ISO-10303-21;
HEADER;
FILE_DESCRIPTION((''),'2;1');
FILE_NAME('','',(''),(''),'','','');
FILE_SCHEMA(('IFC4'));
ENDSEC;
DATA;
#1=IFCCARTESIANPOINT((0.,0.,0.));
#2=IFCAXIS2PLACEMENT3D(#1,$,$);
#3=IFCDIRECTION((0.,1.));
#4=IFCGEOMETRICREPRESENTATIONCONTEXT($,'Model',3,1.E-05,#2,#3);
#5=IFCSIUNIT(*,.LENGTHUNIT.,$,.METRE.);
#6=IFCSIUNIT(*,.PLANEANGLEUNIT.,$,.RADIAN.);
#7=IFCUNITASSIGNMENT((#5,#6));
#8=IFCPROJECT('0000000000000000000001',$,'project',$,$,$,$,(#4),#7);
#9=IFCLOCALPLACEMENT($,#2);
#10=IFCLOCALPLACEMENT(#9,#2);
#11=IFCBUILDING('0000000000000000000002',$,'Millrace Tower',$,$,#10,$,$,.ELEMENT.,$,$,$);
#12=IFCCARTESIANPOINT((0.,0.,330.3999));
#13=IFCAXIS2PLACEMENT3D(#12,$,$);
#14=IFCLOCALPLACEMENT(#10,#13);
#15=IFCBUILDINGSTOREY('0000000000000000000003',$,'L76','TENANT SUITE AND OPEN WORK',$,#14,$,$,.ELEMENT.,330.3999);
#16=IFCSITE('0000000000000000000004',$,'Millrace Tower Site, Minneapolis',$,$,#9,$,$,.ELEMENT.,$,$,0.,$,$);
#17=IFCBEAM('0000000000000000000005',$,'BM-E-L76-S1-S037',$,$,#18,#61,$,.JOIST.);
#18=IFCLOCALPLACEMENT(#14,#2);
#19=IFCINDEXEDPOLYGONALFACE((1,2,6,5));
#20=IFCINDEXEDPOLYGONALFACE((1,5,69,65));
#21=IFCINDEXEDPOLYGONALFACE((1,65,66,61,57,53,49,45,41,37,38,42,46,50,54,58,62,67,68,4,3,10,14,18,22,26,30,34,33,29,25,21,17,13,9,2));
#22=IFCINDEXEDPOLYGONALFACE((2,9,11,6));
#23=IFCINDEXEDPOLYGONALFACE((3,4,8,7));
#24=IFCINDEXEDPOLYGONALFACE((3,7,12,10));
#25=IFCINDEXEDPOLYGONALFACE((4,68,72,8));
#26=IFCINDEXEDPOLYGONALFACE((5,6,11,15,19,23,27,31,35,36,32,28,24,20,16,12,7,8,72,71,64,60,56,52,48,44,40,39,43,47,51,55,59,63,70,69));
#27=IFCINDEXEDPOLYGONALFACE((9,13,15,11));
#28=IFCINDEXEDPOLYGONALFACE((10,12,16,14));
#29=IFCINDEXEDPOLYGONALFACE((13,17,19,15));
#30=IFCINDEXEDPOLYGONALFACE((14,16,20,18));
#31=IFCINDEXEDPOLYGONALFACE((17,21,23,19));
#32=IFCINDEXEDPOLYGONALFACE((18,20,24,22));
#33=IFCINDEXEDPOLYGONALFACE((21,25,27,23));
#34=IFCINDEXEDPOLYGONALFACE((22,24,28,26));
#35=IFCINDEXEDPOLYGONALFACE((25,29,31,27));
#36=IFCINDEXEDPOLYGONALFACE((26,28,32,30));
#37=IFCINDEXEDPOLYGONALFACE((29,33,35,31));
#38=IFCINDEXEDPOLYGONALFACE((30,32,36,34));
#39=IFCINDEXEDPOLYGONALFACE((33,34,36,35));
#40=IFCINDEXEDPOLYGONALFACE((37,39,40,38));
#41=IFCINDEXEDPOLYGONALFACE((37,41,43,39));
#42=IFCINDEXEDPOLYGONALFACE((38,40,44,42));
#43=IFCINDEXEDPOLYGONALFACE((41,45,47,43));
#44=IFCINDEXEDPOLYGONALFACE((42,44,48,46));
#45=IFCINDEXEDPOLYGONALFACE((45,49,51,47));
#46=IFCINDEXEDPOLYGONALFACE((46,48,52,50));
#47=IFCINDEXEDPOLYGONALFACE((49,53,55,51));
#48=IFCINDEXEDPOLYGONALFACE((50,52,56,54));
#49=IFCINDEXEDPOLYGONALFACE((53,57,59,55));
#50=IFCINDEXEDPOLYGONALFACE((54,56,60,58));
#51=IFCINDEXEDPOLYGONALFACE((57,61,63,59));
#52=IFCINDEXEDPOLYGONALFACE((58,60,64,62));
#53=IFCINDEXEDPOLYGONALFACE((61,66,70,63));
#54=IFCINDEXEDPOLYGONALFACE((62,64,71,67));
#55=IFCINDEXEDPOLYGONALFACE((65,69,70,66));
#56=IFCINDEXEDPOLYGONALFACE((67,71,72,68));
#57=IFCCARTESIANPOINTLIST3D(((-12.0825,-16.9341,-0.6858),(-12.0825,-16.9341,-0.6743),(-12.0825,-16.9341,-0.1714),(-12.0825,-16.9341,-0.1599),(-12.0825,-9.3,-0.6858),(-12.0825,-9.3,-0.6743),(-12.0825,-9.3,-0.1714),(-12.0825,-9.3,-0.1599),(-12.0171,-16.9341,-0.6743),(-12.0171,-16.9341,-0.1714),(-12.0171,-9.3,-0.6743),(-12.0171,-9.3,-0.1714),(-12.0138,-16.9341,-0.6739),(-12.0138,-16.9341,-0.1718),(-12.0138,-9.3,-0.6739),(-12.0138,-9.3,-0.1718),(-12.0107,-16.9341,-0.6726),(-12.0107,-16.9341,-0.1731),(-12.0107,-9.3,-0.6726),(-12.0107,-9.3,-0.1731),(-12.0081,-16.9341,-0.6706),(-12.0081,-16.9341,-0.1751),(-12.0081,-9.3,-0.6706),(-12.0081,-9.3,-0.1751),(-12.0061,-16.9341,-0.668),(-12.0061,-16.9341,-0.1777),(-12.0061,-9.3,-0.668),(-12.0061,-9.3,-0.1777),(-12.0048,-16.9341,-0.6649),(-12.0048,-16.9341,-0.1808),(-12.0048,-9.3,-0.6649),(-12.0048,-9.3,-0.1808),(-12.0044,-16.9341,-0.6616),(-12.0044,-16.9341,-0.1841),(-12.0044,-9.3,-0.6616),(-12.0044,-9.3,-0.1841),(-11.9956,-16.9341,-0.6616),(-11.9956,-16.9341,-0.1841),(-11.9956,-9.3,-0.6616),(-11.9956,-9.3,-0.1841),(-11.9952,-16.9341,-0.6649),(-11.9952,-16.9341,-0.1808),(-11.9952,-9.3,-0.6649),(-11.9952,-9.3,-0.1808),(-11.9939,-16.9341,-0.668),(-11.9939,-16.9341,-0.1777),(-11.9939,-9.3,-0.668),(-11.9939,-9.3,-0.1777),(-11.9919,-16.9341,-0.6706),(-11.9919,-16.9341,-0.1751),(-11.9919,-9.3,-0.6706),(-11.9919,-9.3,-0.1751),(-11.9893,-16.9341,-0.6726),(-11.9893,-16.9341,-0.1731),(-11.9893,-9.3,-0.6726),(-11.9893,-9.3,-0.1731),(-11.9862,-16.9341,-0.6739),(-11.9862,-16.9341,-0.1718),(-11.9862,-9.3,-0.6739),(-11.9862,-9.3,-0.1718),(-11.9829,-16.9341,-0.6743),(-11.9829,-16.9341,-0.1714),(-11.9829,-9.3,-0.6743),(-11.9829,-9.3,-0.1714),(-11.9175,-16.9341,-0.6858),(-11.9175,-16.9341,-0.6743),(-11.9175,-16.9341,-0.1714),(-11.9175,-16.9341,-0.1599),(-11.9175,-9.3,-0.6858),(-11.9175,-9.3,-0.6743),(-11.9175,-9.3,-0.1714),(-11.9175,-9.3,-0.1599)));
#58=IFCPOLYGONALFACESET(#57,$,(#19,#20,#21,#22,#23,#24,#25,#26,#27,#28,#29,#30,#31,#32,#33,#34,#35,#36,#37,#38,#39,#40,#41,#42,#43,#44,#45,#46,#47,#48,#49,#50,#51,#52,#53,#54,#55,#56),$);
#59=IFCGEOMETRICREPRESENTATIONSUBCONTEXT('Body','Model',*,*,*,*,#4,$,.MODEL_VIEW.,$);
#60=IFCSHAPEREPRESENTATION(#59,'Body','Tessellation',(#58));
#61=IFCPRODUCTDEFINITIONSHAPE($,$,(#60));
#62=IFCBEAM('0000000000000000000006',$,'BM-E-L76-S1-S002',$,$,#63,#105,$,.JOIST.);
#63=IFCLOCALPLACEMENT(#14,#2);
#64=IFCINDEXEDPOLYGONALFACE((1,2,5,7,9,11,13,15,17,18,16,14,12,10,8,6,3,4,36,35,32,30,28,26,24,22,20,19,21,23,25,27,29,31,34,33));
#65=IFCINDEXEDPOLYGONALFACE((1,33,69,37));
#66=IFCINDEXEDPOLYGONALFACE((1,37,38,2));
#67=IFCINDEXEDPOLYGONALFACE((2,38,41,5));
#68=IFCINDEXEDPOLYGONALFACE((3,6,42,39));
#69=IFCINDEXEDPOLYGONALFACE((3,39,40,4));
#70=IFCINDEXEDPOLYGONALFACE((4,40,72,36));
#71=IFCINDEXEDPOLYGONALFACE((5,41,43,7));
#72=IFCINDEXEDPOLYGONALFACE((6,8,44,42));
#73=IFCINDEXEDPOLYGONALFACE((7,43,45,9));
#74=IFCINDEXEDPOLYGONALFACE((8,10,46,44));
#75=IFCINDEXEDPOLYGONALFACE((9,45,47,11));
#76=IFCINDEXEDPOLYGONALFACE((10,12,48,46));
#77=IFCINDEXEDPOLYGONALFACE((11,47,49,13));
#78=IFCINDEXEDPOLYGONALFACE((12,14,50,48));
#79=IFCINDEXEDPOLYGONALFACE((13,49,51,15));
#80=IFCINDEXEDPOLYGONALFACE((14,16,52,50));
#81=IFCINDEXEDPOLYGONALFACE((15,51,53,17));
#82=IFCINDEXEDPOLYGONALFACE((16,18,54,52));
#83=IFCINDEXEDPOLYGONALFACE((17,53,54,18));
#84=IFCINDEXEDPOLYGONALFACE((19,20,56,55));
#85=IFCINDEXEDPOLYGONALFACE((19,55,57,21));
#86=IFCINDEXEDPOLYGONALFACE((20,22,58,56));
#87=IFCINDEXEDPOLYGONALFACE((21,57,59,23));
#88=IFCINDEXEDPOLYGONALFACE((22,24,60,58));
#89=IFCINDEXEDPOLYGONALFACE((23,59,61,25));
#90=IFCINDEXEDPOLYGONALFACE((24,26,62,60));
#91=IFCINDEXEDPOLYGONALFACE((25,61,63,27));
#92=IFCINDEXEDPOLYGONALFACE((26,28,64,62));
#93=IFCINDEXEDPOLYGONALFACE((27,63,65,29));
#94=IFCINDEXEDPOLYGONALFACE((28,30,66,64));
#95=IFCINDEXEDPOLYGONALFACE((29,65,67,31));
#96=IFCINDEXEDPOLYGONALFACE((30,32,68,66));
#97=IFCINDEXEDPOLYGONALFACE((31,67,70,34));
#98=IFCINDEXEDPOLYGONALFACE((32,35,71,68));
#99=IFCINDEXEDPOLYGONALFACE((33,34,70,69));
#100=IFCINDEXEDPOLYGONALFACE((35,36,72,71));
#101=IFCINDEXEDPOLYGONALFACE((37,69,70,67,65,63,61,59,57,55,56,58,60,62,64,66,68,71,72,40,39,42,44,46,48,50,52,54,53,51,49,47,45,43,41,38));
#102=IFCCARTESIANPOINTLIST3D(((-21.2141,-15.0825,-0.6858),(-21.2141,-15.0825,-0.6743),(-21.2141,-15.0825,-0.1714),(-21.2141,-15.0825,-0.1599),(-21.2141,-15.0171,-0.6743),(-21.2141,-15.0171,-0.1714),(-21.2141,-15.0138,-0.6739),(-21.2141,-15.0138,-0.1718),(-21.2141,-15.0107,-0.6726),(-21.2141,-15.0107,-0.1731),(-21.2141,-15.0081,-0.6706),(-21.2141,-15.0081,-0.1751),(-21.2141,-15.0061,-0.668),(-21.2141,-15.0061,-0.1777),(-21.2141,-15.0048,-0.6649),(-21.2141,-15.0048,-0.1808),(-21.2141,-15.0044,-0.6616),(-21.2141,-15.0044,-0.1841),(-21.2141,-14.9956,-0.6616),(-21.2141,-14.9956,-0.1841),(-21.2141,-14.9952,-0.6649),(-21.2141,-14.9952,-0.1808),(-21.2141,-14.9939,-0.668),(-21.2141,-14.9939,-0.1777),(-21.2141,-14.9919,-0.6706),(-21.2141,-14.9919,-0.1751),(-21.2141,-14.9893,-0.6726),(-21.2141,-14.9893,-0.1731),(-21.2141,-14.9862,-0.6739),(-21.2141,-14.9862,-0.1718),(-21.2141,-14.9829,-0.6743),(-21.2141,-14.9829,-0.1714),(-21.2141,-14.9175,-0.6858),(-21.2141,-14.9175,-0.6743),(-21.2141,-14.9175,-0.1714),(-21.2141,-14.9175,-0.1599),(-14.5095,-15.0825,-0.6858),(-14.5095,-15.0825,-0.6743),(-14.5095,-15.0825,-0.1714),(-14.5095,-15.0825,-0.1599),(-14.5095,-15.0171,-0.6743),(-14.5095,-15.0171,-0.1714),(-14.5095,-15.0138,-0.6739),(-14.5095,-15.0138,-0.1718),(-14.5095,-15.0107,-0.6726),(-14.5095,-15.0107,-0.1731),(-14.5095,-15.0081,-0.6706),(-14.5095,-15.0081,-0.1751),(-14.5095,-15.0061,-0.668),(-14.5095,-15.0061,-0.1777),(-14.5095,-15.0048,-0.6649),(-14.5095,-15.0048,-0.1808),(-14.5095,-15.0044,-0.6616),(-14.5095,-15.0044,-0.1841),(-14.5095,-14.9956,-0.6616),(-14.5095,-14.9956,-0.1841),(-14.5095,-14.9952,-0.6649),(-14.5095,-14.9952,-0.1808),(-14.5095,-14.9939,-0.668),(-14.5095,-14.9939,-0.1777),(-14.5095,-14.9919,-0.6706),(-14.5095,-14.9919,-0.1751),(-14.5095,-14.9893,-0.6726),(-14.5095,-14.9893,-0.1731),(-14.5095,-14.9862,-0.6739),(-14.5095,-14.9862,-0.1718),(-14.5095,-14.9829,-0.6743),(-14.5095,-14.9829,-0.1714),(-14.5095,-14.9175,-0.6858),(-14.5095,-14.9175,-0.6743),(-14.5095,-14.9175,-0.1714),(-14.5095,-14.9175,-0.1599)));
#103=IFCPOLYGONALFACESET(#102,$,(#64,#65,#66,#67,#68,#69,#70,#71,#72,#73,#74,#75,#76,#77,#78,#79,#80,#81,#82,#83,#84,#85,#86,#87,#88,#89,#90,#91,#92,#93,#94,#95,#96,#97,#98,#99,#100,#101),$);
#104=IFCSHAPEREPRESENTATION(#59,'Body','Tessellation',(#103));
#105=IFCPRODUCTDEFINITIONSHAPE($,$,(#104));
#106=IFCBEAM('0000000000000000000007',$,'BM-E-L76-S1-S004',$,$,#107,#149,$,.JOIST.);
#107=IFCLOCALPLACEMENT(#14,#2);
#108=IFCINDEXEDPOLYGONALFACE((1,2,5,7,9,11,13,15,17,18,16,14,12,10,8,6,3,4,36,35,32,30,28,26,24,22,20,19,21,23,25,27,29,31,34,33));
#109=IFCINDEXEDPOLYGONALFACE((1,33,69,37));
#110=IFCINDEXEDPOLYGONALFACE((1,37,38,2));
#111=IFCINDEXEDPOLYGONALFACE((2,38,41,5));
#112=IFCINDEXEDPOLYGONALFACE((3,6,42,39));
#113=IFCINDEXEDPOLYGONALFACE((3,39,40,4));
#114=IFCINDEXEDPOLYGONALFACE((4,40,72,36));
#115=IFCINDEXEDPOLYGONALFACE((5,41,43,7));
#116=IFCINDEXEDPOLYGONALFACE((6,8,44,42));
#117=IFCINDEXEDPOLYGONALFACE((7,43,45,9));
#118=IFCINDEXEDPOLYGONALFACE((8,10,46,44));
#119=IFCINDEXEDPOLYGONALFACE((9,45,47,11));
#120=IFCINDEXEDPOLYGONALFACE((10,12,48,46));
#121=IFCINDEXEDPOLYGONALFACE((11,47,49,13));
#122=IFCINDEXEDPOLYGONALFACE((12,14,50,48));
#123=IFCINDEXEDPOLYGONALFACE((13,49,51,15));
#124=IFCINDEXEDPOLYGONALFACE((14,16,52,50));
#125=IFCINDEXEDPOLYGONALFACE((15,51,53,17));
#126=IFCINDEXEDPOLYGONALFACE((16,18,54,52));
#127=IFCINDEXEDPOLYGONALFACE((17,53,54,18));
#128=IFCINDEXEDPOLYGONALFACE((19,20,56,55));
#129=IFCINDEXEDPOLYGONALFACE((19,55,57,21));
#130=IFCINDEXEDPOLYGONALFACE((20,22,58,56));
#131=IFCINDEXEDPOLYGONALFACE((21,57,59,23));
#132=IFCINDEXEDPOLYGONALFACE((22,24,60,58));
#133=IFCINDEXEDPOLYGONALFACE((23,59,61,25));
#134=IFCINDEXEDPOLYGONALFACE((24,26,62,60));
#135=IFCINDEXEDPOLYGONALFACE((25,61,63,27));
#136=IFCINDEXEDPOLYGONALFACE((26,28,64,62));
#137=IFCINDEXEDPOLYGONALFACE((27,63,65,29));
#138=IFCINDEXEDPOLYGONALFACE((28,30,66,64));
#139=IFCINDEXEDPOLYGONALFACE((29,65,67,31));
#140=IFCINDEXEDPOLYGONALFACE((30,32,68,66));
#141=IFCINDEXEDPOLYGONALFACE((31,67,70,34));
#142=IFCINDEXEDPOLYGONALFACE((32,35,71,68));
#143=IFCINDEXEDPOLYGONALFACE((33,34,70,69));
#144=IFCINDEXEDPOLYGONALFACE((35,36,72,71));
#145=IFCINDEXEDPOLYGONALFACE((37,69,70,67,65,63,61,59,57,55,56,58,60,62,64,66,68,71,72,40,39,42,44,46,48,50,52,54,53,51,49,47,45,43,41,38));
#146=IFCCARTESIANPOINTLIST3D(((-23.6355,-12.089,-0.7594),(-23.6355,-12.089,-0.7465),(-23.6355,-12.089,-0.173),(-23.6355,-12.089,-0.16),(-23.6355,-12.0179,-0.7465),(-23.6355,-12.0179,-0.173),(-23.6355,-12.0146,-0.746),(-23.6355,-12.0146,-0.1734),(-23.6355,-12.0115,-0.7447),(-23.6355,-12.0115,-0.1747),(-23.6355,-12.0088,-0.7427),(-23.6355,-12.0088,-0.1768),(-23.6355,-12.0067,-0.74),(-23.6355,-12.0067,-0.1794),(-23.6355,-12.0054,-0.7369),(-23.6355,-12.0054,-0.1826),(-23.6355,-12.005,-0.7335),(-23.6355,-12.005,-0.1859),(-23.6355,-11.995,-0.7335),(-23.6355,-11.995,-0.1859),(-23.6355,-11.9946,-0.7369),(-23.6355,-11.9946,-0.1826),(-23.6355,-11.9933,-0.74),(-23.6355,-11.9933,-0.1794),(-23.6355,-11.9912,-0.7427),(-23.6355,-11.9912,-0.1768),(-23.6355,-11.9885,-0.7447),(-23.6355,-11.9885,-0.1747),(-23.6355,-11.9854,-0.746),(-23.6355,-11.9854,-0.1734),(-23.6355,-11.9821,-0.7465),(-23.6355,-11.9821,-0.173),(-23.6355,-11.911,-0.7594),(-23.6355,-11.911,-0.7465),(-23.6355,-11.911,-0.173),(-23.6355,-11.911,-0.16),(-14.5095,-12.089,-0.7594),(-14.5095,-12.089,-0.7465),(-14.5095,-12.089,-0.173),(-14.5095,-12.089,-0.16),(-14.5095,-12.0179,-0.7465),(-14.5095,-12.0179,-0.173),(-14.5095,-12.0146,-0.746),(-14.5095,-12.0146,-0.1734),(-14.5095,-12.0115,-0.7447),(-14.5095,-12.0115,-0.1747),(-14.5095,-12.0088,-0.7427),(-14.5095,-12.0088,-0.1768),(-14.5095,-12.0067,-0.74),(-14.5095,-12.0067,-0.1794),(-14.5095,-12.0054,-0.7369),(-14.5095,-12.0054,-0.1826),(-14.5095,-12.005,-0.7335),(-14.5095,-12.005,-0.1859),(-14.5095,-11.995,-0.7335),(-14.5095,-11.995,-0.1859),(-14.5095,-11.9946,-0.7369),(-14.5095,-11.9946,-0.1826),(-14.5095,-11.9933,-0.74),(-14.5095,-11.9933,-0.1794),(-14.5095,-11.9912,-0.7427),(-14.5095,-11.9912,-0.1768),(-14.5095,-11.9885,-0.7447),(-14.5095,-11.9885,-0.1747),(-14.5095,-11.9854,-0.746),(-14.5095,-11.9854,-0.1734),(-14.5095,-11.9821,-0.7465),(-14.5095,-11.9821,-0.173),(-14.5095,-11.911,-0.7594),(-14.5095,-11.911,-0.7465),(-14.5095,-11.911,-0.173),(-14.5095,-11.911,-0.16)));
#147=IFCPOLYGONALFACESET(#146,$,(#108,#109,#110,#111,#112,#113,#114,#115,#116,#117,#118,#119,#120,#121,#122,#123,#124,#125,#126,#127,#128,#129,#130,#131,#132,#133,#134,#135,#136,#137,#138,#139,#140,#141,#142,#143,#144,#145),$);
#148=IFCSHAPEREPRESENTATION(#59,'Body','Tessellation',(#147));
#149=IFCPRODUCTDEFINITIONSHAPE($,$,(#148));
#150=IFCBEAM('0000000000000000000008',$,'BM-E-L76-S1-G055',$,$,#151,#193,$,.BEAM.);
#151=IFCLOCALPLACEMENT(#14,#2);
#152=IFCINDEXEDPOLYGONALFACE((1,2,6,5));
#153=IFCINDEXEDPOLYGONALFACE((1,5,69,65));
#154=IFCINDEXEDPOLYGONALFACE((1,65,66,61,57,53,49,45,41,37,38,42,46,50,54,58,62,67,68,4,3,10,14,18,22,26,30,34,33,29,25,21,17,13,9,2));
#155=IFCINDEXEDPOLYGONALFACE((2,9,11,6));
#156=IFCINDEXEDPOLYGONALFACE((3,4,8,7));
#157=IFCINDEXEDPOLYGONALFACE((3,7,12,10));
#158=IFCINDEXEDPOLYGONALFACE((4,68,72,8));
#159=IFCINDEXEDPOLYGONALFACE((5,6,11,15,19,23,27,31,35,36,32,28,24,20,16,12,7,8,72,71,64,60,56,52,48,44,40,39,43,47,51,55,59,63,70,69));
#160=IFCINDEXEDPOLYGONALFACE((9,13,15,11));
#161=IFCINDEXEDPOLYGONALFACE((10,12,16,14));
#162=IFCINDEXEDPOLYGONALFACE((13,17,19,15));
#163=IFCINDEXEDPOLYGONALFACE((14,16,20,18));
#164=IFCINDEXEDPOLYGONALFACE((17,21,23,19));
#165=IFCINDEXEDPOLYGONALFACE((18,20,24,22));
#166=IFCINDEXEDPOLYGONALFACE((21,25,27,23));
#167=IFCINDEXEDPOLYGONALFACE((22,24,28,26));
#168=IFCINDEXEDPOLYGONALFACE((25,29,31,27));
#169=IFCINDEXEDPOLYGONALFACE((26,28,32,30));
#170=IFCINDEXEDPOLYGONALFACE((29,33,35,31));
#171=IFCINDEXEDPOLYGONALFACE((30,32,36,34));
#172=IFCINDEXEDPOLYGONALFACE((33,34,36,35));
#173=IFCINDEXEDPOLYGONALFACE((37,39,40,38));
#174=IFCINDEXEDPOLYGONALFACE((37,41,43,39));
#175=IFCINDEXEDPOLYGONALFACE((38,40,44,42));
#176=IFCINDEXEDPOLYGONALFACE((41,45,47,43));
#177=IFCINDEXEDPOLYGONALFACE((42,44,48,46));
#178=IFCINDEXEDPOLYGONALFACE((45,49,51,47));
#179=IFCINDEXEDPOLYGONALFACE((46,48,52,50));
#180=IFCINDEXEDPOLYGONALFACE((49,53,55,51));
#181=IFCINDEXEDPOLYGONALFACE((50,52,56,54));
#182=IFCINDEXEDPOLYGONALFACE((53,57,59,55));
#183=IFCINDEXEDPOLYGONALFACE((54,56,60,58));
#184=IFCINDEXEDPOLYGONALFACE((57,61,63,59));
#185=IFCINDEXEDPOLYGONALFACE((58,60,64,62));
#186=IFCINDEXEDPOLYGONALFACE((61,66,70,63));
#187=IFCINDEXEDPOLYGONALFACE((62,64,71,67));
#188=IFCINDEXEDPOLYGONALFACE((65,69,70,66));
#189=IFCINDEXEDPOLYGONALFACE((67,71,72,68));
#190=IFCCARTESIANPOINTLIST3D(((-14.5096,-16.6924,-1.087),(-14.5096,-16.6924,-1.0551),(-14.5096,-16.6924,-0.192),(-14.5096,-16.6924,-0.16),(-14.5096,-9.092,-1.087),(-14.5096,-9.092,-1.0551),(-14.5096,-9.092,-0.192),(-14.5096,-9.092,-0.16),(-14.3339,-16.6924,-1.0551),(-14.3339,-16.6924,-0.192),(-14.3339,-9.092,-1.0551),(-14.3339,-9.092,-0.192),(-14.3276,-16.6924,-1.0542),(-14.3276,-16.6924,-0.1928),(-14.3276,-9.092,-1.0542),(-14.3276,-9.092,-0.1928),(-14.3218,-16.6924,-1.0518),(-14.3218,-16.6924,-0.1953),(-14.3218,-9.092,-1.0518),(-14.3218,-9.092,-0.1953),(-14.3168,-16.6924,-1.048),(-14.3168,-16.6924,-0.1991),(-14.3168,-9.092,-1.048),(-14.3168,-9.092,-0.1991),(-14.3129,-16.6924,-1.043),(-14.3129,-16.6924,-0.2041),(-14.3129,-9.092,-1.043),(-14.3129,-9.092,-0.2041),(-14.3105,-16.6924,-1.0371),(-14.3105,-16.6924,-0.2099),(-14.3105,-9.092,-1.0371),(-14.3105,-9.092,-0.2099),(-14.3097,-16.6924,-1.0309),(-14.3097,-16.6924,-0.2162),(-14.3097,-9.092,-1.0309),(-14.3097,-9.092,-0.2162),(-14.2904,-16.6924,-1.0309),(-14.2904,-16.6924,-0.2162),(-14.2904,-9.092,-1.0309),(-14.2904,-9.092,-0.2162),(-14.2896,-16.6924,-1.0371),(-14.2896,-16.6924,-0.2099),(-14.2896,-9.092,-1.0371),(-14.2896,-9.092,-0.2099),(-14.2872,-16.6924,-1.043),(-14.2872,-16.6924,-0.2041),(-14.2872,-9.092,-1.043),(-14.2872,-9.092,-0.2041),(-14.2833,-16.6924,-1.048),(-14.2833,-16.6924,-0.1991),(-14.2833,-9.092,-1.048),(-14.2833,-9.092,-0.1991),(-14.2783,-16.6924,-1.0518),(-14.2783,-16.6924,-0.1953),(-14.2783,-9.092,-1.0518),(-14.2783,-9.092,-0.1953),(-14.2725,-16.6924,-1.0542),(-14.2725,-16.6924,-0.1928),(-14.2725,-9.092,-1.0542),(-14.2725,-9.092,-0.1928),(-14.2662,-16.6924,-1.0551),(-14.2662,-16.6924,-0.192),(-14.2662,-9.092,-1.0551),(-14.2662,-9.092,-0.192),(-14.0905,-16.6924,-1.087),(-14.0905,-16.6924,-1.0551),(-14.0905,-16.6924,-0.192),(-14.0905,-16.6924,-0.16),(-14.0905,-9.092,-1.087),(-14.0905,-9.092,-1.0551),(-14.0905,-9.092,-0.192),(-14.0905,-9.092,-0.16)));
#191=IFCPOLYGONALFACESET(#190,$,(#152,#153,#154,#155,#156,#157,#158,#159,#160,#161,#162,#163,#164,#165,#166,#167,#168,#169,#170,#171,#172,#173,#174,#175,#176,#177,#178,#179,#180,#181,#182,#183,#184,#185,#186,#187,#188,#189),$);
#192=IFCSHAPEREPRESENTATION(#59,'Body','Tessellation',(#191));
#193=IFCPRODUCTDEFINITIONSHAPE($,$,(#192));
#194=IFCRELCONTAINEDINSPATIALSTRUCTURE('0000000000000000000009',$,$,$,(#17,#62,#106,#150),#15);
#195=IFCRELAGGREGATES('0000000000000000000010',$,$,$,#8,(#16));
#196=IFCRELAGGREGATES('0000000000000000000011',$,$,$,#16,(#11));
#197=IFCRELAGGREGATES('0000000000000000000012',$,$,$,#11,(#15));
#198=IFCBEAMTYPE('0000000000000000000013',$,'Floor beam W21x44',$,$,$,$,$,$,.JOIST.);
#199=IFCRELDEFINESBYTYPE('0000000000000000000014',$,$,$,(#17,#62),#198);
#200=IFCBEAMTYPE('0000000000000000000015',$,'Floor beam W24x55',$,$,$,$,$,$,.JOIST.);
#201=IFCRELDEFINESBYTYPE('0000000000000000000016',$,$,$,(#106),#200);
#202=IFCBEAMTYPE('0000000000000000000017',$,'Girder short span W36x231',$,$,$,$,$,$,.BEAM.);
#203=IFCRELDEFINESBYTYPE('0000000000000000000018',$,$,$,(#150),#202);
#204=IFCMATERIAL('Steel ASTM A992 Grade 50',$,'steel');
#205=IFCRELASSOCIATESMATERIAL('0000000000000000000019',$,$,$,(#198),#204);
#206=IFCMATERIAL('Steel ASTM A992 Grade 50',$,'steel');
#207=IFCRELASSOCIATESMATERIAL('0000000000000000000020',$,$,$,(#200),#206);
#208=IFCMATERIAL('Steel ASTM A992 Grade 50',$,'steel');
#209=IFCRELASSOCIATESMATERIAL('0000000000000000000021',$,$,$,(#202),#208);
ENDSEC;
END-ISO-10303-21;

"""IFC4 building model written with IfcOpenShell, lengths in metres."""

from ifc_helpers import new_model, si_unit, direction, frame, origin, origin_2d, place, context, subcontext, project, spatial, i_section, extrude, material, material_profile, profile_set, type_object, element, save


model = new_model("IFC4")

# Units and contexts
model_context = context("Model", 3, precision=1e-05, world=origin(), true_north=direction((0.0, 1.0)))
body_context = subcontext(model_context, "Body", "Model", "MODEL_VIEW")
ifc_project = project(units=[si_unit("LENGTHUNIT", "METRE"), si_unit("PLANEANGLEUNIT", "RADIAN")], contexts=[model_context])

# Site, building, storey
site_placement = place(None, origin())
site = spatial("IfcSite", under=ifc_project, at=site_placement, Name="Millrace Tower Site, Minneapolis", CompositionType="ELEMENT", RefElevation=0.0)
building_placement = place(site_placement, origin())
building = spatial("IfcBuilding", under=site, at=building_placement, Name="Millrace Tower", CompositionType="ELEMENT")
storey_placement = place(building_placement, frame((0.0, 0.0, 330.3999)))
storey = spatial("IfcBuildingStorey", under=building, at=storey_placement, Name="L76", Description="TENANT SUITE AND OPEN WORK", CompositionType="ELEMENT", Elevation=330.3999)

# Beams
ifc_material_1 = material(Name="Steel ASTM A992 Grade 50", Category="steel")
ifc_material_profile_1 = material_profile(ifc_material_1, i_section(OverallWidth=0.165, OverallDepth=0.5259, WebThickness=0.0088, FlangeThickness=0.0115, FilletRadius=0.0127, at=origin_2d()))
ifc_profile_set_1 = profile_set([ifc_material_profile_1], Name="Steel ASTM A992 Grade 50")
beam_type_1 = type_object("IfcBeamType", Name="Floor beam W21x44", PredefinedType="JOIST", material=ifc_profile_set_1)
beam_1_placement = place(storey_placement, frame((-12.0, -16.9341, -0.4229), z_axis=(0.0, 1.0, 0.0), x_axis=(-1.0, 0.0, 0.0)))
element("IfcBeam", 1, at=beam_1_placement, inside=storey, type_object=beam_type_1, Name="BM-E-L76-S1-S037", PredefinedType="JOIST", context=body_context, shape_type="SweptSolid", body=[
    extrude(i_section(OverallWidth=0.165, OverallDepth=0.5259, WebThickness=0.0088, FlangeThickness=0.0115, FilletRadius=0.0127, at=origin_2d()), origin(), (0.0, 0.0, 1.0), 7.634),
])
beam_2_placement = place(storey_placement, frame((-21.2141, -15.0, -0.4229), z_axis=(1.0, 0.0, 0.0), x_axis=(0.0, 1.0, 0.0)))
element("IfcBeam", 2, at=beam_2_placement, inside=storey, type_object=beam_type_1, Name="BM-E-L76-S1-S002", PredefinedType="JOIST", context=body_context, shape_type="SweptSolid", body=[
    extrude(i_section(OverallWidth=0.165, OverallDepth=0.5259, WebThickness=0.0088, FlangeThickness=0.0115, FilletRadius=0.0127, at=origin_2d()), origin(), (0.0, 0.0, 1.0), 6.7046),
])
ifc_material_2 = material(Name="Steel ASTM A992 Grade 50", Category="steel")
ifc_material_profile_2 = material_profile(ifc_material_2, i_section(OverallWidth=0.178, OverallDepth=0.5994, WebThickness=0.01, FlangeThickness=0.0129, FilletRadius=0.0129, at=origin_2d()))
ifc_profile_set_2 = profile_set([ifc_material_profile_2], Name="Steel ASTM A992 Grade 50")
beam_type_2 = type_object("IfcBeamType", Name="Floor beam W24x55", PredefinedType="JOIST", material=ifc_profile_set_2)
beam_3_placement = place(storey_placement, frame((-23.6355, -12.0, -0.4597), z_axis=(1.0, 0.0, 0.0), x_axis=(0.0, 1.0, 0.0)))
element("IfcBeam", 3, at=beam_3_placement, inside=storey, type_object=beam_type_2, Name="BM-E-L76-S1-S004", PredefinedType="JOIST", context=body_context, shape_type="SweptSolid", body=[
    extrude(i_section(OverallWidth=0.178, OverallDepth=0.5994, WebThickness=0.01, FlangeThickness=0.0129, FilletRadius=0.0129, at=origin_2d()), origin(), (0.0, 0.0, 1.0), 9.126),
])
ifc_material_3 = material(Name="Steel ASTM A992 Grade 50", Category="steel")
ifc_material_profile_3 = material_profile(ifc_material_3, i_section(OverallWidth=0.4192, OverallDepth=0.927, WebThickness=0.0193, FlangeThickness=0.032, FilletRadius=0.0242, at=origin_2d()))
ifc_profile_set_3 = profile_set([ifc_material_profile_3], Name="Steel ASTM A992 Grade 50")
beam_type_3 = type_object("IfcBeamType", Name="Girder short span W36x231", PredefinedType="BEAM", material=ifc_profile_set_3)
beam_4_placement = place(storey_placement, frame((-14.3, -16.6924, -0.6235), z_axis=(0.0, 1.0, 0.0), x_axis=(-1.0, 0.0, 0.0)))
element("IfcBeam", 4, at=beam_4_placement, inside=storey, type_object=beam_type_3, Name="BM-E-L76-S1-G055", PredefinedType="BEAM", context=body_context, shape_type="SweptSolid", body=[
    extrude(i_section(OverallWidth=0.4192, OverallDepth=0.927, WebThickness=0.0193, FlangeThickness=0.032, FilletRadius=0.0242, at=origin_2d()), origin(), (0.0, 0.0, 1.0), 7.6003),
])

save(model, "model.ifc")
